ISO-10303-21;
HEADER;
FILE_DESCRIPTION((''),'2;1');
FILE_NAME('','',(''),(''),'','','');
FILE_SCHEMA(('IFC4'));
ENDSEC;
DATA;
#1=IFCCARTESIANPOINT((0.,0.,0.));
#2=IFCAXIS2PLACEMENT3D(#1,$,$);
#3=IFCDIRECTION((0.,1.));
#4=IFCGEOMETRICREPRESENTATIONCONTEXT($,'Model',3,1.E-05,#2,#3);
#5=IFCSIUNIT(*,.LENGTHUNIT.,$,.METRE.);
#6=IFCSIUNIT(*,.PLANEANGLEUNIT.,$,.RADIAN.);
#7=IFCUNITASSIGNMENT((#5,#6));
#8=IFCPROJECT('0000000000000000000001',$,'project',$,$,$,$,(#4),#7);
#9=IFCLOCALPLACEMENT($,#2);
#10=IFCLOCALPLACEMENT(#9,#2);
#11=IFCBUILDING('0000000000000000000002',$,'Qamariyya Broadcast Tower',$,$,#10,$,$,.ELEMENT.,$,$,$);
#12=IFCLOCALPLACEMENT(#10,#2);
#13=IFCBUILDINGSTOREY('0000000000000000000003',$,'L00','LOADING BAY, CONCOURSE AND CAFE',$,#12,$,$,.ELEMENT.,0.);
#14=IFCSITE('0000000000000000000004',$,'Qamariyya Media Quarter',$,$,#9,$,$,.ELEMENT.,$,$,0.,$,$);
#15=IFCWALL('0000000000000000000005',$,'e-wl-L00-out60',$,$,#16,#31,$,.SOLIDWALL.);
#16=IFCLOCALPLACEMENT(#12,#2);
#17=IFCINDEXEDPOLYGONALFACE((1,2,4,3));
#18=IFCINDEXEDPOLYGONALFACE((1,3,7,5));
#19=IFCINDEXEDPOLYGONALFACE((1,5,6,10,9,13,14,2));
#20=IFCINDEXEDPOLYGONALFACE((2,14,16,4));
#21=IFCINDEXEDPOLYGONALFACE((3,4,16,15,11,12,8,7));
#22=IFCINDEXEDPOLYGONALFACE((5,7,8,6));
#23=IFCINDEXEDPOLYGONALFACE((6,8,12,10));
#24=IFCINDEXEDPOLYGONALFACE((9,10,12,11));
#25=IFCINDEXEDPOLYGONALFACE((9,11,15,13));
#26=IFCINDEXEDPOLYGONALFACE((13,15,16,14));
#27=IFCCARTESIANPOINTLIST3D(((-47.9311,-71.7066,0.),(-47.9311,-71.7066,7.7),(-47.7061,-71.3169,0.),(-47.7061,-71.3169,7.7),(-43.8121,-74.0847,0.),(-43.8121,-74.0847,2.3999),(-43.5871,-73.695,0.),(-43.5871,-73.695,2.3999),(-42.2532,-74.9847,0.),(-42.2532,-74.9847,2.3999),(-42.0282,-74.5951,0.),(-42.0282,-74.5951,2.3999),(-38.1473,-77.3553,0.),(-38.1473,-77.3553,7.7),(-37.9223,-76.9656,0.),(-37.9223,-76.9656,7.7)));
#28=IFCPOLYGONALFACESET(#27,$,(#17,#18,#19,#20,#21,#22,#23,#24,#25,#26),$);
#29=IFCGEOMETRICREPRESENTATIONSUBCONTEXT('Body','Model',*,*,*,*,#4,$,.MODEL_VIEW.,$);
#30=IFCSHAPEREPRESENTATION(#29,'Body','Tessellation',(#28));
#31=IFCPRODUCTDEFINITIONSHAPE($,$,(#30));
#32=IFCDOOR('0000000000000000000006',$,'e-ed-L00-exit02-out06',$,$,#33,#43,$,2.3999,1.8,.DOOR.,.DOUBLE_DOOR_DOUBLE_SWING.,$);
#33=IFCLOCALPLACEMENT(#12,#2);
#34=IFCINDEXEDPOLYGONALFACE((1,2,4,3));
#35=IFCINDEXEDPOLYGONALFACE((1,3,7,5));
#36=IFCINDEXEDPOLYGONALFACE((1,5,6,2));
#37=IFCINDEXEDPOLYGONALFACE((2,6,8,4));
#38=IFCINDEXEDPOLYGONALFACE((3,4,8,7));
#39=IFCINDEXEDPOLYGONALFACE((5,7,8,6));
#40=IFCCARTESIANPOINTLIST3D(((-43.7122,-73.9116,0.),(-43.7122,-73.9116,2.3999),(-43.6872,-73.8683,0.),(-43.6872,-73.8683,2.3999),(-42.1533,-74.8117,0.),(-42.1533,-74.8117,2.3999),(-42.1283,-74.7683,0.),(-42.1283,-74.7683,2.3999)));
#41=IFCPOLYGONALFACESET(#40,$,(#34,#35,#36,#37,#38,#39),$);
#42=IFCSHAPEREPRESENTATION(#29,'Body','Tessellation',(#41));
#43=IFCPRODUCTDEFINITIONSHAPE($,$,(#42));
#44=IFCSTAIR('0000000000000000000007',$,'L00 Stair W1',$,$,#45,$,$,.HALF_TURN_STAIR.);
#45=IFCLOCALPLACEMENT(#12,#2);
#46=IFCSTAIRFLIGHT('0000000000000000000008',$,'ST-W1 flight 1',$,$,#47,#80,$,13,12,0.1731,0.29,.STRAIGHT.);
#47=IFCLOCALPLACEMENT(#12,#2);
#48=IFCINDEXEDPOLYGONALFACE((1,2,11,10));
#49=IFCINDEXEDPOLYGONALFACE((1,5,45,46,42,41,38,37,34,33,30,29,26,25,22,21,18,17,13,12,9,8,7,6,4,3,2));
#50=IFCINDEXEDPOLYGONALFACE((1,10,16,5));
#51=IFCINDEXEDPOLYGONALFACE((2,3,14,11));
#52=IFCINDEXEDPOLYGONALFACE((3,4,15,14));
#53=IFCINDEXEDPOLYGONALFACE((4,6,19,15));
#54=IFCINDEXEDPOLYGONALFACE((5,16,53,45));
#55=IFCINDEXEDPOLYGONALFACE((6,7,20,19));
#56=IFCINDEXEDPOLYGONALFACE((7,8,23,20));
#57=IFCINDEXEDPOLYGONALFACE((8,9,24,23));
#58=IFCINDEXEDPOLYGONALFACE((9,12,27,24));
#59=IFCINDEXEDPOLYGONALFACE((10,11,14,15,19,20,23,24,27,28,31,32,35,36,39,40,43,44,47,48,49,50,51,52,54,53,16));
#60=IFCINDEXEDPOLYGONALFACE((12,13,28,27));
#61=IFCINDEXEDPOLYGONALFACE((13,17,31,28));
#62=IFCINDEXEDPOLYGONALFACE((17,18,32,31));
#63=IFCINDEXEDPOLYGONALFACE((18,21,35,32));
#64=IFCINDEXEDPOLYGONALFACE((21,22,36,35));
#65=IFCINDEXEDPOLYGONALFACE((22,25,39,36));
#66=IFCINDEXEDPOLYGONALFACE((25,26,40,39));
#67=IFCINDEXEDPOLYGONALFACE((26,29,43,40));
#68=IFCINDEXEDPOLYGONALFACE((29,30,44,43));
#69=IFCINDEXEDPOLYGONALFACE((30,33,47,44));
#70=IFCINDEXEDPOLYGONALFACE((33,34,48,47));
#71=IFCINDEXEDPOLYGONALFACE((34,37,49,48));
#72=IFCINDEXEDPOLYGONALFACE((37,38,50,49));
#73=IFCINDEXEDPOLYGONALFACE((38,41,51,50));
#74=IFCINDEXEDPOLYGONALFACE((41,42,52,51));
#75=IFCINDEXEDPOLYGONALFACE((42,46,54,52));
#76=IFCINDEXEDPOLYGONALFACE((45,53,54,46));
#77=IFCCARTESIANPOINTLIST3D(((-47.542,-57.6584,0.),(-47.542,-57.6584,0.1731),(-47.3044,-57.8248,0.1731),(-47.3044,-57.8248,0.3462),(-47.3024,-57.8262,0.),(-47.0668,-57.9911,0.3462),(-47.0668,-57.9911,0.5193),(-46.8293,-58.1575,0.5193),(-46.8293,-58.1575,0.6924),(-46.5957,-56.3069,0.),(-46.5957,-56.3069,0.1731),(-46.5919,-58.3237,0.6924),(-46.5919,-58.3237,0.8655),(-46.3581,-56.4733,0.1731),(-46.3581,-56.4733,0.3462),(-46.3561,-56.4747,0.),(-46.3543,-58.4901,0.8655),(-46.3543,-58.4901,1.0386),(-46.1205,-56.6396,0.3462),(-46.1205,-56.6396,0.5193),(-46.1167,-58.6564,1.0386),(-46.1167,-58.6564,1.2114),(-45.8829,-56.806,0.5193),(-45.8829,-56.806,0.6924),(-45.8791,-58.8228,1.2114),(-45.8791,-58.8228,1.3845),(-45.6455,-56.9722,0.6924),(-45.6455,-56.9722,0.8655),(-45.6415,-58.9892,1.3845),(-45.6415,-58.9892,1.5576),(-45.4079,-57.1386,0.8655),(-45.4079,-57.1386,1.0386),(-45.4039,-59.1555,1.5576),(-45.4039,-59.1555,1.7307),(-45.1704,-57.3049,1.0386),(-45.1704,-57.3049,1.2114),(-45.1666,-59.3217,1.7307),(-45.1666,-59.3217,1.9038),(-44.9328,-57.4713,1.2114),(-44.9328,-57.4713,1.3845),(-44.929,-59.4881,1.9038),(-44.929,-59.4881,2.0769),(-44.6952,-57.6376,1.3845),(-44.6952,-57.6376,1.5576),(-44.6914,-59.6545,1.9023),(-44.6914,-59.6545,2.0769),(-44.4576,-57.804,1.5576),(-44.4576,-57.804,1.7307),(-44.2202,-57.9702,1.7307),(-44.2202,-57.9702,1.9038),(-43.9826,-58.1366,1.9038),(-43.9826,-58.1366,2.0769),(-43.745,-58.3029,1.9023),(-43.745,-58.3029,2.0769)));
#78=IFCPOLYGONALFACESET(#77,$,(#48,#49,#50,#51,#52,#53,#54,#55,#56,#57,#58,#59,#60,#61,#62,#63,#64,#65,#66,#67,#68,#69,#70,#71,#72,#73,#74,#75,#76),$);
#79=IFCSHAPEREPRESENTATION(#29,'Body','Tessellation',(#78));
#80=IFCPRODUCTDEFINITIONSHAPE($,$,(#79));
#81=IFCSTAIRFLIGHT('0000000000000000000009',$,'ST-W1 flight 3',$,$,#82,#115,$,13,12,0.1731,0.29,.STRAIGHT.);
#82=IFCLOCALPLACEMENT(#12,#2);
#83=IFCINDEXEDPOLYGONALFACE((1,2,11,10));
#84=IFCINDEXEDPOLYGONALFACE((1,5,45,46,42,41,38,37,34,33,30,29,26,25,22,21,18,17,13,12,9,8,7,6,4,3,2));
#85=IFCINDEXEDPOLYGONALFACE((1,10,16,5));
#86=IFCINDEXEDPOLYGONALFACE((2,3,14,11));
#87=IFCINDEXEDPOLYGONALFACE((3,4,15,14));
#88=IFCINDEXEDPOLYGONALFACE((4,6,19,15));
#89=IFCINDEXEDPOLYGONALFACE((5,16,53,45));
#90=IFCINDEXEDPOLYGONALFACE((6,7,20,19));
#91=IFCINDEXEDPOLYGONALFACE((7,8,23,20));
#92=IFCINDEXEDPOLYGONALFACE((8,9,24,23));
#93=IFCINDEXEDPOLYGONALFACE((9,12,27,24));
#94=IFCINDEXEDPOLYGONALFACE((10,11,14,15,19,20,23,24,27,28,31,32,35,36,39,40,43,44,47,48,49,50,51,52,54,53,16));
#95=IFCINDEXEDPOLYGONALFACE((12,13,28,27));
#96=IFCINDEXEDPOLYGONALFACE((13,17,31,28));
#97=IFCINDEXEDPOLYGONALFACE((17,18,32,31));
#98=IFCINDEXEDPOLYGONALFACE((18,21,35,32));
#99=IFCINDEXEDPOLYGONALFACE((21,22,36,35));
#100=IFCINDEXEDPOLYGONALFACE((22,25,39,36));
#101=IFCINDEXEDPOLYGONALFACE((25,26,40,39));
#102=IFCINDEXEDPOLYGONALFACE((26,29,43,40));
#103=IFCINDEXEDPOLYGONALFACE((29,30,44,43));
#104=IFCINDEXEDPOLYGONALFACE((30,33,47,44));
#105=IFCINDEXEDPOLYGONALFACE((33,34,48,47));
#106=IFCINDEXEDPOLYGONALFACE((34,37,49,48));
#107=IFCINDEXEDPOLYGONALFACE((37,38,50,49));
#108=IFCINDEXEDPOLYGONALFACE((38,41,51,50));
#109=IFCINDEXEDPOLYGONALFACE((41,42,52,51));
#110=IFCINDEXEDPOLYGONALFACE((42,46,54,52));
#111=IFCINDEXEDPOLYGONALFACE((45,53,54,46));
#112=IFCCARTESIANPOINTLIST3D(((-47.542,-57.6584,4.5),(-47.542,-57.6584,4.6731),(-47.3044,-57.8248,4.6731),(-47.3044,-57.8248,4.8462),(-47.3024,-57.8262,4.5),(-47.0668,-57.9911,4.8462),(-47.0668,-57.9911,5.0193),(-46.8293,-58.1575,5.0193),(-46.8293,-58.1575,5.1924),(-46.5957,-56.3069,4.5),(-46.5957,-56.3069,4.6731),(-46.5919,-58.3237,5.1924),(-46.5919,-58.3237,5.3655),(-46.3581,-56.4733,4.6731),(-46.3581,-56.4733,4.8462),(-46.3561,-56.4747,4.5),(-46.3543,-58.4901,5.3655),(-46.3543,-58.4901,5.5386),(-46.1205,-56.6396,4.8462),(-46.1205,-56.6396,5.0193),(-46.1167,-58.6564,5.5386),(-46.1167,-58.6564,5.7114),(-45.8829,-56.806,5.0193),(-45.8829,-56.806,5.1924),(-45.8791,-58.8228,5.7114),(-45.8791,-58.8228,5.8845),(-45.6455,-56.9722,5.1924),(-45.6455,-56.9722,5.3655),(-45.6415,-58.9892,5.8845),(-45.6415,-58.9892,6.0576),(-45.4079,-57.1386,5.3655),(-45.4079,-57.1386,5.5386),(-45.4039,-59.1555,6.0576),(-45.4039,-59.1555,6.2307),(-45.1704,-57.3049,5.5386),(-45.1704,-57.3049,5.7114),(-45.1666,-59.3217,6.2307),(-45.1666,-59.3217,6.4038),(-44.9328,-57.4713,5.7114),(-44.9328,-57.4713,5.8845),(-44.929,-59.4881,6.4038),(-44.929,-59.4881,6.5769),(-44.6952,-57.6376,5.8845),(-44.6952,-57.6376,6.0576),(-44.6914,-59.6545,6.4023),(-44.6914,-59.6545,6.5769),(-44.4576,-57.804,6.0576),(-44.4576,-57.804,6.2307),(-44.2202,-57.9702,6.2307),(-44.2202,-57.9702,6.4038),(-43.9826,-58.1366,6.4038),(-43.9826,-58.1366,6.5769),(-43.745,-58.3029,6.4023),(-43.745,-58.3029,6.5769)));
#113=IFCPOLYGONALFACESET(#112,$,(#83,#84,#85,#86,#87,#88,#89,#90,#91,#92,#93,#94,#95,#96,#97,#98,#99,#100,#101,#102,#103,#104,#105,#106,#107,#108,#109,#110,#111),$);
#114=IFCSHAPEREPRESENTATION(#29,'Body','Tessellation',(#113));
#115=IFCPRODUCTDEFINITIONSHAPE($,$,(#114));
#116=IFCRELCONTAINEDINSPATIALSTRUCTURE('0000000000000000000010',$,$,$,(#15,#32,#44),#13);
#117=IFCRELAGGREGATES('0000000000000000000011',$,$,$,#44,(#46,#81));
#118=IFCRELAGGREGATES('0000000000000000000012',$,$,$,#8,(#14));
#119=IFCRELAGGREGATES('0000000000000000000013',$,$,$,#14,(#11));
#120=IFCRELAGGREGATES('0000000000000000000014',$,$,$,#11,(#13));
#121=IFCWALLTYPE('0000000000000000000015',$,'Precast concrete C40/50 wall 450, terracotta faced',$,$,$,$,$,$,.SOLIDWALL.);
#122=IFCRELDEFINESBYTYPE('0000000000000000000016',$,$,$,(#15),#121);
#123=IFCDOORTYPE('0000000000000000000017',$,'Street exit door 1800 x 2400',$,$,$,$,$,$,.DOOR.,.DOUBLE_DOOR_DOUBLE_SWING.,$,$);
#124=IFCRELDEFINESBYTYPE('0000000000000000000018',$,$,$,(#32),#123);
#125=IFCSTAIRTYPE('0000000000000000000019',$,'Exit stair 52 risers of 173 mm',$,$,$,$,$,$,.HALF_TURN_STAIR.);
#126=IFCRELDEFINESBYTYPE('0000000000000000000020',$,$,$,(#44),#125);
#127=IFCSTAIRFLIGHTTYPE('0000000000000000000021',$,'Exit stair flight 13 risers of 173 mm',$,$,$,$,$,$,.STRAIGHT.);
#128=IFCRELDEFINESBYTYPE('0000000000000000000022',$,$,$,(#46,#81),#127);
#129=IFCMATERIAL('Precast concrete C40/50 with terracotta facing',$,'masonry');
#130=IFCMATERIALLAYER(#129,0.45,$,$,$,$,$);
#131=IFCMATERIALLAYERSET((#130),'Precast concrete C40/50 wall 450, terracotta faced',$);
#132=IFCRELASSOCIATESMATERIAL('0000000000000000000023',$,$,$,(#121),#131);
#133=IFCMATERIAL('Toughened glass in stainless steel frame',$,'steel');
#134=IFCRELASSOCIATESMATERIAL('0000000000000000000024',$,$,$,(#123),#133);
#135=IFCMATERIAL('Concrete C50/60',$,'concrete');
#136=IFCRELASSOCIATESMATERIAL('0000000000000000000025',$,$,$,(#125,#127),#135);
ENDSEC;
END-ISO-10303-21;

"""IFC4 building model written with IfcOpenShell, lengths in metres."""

from ifc_helpers import new_model, si_unit, direction, frame, frame_2d, origin, place, context, subcontext, project, spatial, polyline, rectangle, outline, extrude, material, layer, layer_set, type_object, element, fill, aggregate, save


model = new_model("IFC4")

# Units and contexts
model_context = context("Model", 3, precision=1e-05, world=origin(), true_north=direction((0.0, 1.0)))
body_context = subcontext(model_context, "Body", "Model", "MODEL_VIEW")
ifc_project = project(units=[si_unit("LENGTHUNIT", "METRE"), si_unit("PLANEANGLEUNIT", "RADIAN")], contexts=[model_context])

# Site, building, storey
site_placement = place(None, origin())
site = spatial("IfcSite", under=ifc_project, at=site_placement, Name="Qamariyya Media Quarter", CompositionType="ELEMENT", RefElevation=0.0)
building_placement = place(site_placement, origin())
building = spatial("IfcBuilding", under=site, at=building_placement, Name="Qamariyya Broadcast Tower", CompositionType="ELEMENT")
storey_placement = place(building_placement, origin())
storey = spatial("IfcBuildingStorey", under=building, at=storey_placement, Name="L00", Description="LOADING BAY, CONCOURSE AND CAFE", CompositionType="ELEMENT", Elevation=0.0)

# Wall, opening, door
ifc_material_1 = material(Name="Precast concrete C40/50 with terracotta facing", Category="masonry")
ifc_layer_1 = layer(ifc_material_1, 0.45)
ifc_layer_set_1 = layer_set([ifc_layer_1], Name="Precast concrete C40/50 wall 450, terracotta faced")
wall_type_1 = type_object("IfcWallType", Name="Precast concrete C40/50 wall 450, terracotta faced", PredefinedType="SOLIDWALL", material=ifc_layer_set_1)
wall_1_placement = place(storey_placement, frame((-47.8186, -71.5117, 0.0), z_axis=(0.0, 0.0, 1.0), x_axis=(0.866023, -0.500004, 0.0)))
wall_1 = element("IfcWall", 1, at=wall_1_placement, inside=storey, type_object=wall_type_1, Name="e-wl-L00-out60", PredefinedType="SOLIDWALL", context=body_context, shape_type="SweptSolid", body=[
    extrude(rectangle(XDim=11.2974, YDim=0.45, at=frame_2d((5.6487, 0.0))), origin(), (0.0, 0.0, 1.0), 7.7),
])
opening_1_placement = place(wall_1_placement, frame((4.7563, 0.0, 0.0)))
opening_1 = element("IfcOpeningElement", 2, at=opening_1_placement, cuts=wall_1, PredefinedType="OPENING", context=body_context, shape_type="SweptSolid", body=[
    extrude(rectangle(XDim=1.8, YDim=2.3999, at=frame_2d((0.8999, 1.2))), frame((0.0, 0.2349, 0.0), z_axis=(0.0, -1.0, 0.0), x_axis=(1.0, 0.0, 0.0)), (0.0, 0.0, 1.0), 0.47),
])
ifc_material_2 = material(Name="Toughened glass in stainless steel frame", Category="steel")
door_type_1 = type_object("IfcDoorType", Name="Street exit door 1800 x 2400", OperationType="DOUBLE_DOOR_DOUBLE_SWING", PredefinedType="DOOR", material=ifc_material_2)
door_1_placement = place(opening_1_placement, origin())
door_1 = element("IfcDoor", 3, at=door_1_placement, inside=storey, type_object=door_type_1, Name="e-ed-L00-exit02-out06", OperationType="DOUBLE_DOOR_DOUBLE_SWING", OverallHeight=2.3999, OverallWidth=1.8, PredefinedType="DOOR", context=body_context, shape_type="SweptSolid", body=[
    extrude(rectangle(XDim=1.8, YDim=2.3999, at=frame_2d((0.8999, 1.2))), frame((0.0, 0.0249, 0.0), z_axis=(0.0, -1.0, 0.0), x_axis=(1.0, 0.0, 0.0)), (0.0, 0.0, 1.0), 0.05),
])
fill(opening_1, door_1)

# Stair, stair flights
ifc_material_3 = material(Name="Concrete C50/60", Category="concrete")
stair_type = type_object("IfcStairType", Name="Exit stair 52 risers of 173 mm", PredefinedType="HALF_TURN_STAIR", material=ifc_material_3)
stair_placement = place(storey_placement, origin())
stair = element("IfcStair", 4, at=stair_placement, inside=storey, type_object=stair_type, Name="L00 Stair W1", PredefinedType="HALF_TURN_STAIR")
stair_flight_type = type_object("IfcStairFlightType", Name="Exit stair flight 13 risers of 173 mm", PredefinedType="STRAIGHT", material=ifc_material_3)
stair_flight_1_placement = place(storey_placement, frame((-47.0688, -56.9827, 0.0), z_axis=(0.0, 0.0, 1.0), x_axis=(0.819152, -0.573576, 0.0)))
stair_flight_1 = element("IfcStairFlight", 5, at=stair_flight_1_placement, type_object=stair_flight_type, Name="ST-W1 flight 1", NumberOfRisers=13, NumberOfTreads=12, PredefinedType="STRAIGHT", RiserHeight=0.1731, TreadLength=0.29, context=body_context, shape_type="SweptSolid", body=[
    extrude(outline(polyline([(0.0, 0.0), (0.0, 0.1731), (0.29, 0.1731), (0.29, 0.3462), (0.5801, 0.3462), (0.5801, 0.5193), (0.8701, 0.5193), (0.8701, 0.6924), (1.1599, 0.6924), (1.1599, 0.8655), (1.45, 0.8655), (1.45, 1.0386), (1.74, 1.0386), (1.74, 1.2114), (2.03, 1.2114), (2.03, 1.3845), (2.3201, 1.3845), (2.3201, 1.5576), (2.6101, 1.5576), (2.6101, 1.7307), (2.8999, 1.7307), (2.8999, 1.9038), (3.1899, 1.9038), (3.1899, 2.0769), (3.48, 2.0769), (3.48, 2.25), (3.48, 1.9023), (0.2925, 0.0), (0.0, 0.0)])), frame((0.0, 0.825, 0.0), z_axis=(0.0, -1.0, 0.0), x_axis=(1.0, 0.0, 0.0)), (0.0, 0.0, 1.0), 1.6499),
])
stair_flight_2_placement = place(storey_placement, frame((-47.0688, -56.9827, 4.5), z_axis=(0.0, 0.0, 1.0), x_axis=(0.819152, -0.573576, 0.0)))
stair_flight_2 = element("IfcStairFlight", 6, at=stair_flight_2_placement, type_object=stair_flight_type, Name="ST-W1 flight 3", NumberOfRisers=13, NumberOfTreads=12, PredefinedType="STRAIGHT", RiserHeight=0.1731, TreadLength=0.29, context=body_context, shape_type="SweptSolid", body=[
    extrude(outline(polyline([(0.0, 0.0), (0.0, 0.1731), (0.29, 0.1731), (0.29, 0.3462), (0.5801, 0.3462), (0.5801, 0.5193), (0.8701, 0.5193), (0.8701, 0.6924), (1.1599, 0.6924), (1.1599, 0.8655), (1.45, 0.8655), (1.45, 1.0386), (1.74, 1.0386), (1.74, 1.2114), (2.03, 1.2114), (2.03, 1.3845), (2.3201, 1.3845), (2.3201, 1.5576), (2.6101, 1.5576), (2.6101, 1.7307), (2.8999, 1.7307), (2.8999, 1.9038), (3.1899, 1.9038), (3.1899, 2.0769), (3.48, 2.0769), (3.48, 2.25), (3.48, 1.9023), (0.2925, 0.0), (0.0, 0.0)])), frame((0.0, 0.825, 0.0), z_axis=(0.0, -1.0, 0.0), x_axis=(1.0, 0.0, 0.0)), (0.0, 0.0, 1.0), 1.6499),
])
aggregate(stair, [stair_flight_1, stair_flight_2])

save(model, "model.ifc")
